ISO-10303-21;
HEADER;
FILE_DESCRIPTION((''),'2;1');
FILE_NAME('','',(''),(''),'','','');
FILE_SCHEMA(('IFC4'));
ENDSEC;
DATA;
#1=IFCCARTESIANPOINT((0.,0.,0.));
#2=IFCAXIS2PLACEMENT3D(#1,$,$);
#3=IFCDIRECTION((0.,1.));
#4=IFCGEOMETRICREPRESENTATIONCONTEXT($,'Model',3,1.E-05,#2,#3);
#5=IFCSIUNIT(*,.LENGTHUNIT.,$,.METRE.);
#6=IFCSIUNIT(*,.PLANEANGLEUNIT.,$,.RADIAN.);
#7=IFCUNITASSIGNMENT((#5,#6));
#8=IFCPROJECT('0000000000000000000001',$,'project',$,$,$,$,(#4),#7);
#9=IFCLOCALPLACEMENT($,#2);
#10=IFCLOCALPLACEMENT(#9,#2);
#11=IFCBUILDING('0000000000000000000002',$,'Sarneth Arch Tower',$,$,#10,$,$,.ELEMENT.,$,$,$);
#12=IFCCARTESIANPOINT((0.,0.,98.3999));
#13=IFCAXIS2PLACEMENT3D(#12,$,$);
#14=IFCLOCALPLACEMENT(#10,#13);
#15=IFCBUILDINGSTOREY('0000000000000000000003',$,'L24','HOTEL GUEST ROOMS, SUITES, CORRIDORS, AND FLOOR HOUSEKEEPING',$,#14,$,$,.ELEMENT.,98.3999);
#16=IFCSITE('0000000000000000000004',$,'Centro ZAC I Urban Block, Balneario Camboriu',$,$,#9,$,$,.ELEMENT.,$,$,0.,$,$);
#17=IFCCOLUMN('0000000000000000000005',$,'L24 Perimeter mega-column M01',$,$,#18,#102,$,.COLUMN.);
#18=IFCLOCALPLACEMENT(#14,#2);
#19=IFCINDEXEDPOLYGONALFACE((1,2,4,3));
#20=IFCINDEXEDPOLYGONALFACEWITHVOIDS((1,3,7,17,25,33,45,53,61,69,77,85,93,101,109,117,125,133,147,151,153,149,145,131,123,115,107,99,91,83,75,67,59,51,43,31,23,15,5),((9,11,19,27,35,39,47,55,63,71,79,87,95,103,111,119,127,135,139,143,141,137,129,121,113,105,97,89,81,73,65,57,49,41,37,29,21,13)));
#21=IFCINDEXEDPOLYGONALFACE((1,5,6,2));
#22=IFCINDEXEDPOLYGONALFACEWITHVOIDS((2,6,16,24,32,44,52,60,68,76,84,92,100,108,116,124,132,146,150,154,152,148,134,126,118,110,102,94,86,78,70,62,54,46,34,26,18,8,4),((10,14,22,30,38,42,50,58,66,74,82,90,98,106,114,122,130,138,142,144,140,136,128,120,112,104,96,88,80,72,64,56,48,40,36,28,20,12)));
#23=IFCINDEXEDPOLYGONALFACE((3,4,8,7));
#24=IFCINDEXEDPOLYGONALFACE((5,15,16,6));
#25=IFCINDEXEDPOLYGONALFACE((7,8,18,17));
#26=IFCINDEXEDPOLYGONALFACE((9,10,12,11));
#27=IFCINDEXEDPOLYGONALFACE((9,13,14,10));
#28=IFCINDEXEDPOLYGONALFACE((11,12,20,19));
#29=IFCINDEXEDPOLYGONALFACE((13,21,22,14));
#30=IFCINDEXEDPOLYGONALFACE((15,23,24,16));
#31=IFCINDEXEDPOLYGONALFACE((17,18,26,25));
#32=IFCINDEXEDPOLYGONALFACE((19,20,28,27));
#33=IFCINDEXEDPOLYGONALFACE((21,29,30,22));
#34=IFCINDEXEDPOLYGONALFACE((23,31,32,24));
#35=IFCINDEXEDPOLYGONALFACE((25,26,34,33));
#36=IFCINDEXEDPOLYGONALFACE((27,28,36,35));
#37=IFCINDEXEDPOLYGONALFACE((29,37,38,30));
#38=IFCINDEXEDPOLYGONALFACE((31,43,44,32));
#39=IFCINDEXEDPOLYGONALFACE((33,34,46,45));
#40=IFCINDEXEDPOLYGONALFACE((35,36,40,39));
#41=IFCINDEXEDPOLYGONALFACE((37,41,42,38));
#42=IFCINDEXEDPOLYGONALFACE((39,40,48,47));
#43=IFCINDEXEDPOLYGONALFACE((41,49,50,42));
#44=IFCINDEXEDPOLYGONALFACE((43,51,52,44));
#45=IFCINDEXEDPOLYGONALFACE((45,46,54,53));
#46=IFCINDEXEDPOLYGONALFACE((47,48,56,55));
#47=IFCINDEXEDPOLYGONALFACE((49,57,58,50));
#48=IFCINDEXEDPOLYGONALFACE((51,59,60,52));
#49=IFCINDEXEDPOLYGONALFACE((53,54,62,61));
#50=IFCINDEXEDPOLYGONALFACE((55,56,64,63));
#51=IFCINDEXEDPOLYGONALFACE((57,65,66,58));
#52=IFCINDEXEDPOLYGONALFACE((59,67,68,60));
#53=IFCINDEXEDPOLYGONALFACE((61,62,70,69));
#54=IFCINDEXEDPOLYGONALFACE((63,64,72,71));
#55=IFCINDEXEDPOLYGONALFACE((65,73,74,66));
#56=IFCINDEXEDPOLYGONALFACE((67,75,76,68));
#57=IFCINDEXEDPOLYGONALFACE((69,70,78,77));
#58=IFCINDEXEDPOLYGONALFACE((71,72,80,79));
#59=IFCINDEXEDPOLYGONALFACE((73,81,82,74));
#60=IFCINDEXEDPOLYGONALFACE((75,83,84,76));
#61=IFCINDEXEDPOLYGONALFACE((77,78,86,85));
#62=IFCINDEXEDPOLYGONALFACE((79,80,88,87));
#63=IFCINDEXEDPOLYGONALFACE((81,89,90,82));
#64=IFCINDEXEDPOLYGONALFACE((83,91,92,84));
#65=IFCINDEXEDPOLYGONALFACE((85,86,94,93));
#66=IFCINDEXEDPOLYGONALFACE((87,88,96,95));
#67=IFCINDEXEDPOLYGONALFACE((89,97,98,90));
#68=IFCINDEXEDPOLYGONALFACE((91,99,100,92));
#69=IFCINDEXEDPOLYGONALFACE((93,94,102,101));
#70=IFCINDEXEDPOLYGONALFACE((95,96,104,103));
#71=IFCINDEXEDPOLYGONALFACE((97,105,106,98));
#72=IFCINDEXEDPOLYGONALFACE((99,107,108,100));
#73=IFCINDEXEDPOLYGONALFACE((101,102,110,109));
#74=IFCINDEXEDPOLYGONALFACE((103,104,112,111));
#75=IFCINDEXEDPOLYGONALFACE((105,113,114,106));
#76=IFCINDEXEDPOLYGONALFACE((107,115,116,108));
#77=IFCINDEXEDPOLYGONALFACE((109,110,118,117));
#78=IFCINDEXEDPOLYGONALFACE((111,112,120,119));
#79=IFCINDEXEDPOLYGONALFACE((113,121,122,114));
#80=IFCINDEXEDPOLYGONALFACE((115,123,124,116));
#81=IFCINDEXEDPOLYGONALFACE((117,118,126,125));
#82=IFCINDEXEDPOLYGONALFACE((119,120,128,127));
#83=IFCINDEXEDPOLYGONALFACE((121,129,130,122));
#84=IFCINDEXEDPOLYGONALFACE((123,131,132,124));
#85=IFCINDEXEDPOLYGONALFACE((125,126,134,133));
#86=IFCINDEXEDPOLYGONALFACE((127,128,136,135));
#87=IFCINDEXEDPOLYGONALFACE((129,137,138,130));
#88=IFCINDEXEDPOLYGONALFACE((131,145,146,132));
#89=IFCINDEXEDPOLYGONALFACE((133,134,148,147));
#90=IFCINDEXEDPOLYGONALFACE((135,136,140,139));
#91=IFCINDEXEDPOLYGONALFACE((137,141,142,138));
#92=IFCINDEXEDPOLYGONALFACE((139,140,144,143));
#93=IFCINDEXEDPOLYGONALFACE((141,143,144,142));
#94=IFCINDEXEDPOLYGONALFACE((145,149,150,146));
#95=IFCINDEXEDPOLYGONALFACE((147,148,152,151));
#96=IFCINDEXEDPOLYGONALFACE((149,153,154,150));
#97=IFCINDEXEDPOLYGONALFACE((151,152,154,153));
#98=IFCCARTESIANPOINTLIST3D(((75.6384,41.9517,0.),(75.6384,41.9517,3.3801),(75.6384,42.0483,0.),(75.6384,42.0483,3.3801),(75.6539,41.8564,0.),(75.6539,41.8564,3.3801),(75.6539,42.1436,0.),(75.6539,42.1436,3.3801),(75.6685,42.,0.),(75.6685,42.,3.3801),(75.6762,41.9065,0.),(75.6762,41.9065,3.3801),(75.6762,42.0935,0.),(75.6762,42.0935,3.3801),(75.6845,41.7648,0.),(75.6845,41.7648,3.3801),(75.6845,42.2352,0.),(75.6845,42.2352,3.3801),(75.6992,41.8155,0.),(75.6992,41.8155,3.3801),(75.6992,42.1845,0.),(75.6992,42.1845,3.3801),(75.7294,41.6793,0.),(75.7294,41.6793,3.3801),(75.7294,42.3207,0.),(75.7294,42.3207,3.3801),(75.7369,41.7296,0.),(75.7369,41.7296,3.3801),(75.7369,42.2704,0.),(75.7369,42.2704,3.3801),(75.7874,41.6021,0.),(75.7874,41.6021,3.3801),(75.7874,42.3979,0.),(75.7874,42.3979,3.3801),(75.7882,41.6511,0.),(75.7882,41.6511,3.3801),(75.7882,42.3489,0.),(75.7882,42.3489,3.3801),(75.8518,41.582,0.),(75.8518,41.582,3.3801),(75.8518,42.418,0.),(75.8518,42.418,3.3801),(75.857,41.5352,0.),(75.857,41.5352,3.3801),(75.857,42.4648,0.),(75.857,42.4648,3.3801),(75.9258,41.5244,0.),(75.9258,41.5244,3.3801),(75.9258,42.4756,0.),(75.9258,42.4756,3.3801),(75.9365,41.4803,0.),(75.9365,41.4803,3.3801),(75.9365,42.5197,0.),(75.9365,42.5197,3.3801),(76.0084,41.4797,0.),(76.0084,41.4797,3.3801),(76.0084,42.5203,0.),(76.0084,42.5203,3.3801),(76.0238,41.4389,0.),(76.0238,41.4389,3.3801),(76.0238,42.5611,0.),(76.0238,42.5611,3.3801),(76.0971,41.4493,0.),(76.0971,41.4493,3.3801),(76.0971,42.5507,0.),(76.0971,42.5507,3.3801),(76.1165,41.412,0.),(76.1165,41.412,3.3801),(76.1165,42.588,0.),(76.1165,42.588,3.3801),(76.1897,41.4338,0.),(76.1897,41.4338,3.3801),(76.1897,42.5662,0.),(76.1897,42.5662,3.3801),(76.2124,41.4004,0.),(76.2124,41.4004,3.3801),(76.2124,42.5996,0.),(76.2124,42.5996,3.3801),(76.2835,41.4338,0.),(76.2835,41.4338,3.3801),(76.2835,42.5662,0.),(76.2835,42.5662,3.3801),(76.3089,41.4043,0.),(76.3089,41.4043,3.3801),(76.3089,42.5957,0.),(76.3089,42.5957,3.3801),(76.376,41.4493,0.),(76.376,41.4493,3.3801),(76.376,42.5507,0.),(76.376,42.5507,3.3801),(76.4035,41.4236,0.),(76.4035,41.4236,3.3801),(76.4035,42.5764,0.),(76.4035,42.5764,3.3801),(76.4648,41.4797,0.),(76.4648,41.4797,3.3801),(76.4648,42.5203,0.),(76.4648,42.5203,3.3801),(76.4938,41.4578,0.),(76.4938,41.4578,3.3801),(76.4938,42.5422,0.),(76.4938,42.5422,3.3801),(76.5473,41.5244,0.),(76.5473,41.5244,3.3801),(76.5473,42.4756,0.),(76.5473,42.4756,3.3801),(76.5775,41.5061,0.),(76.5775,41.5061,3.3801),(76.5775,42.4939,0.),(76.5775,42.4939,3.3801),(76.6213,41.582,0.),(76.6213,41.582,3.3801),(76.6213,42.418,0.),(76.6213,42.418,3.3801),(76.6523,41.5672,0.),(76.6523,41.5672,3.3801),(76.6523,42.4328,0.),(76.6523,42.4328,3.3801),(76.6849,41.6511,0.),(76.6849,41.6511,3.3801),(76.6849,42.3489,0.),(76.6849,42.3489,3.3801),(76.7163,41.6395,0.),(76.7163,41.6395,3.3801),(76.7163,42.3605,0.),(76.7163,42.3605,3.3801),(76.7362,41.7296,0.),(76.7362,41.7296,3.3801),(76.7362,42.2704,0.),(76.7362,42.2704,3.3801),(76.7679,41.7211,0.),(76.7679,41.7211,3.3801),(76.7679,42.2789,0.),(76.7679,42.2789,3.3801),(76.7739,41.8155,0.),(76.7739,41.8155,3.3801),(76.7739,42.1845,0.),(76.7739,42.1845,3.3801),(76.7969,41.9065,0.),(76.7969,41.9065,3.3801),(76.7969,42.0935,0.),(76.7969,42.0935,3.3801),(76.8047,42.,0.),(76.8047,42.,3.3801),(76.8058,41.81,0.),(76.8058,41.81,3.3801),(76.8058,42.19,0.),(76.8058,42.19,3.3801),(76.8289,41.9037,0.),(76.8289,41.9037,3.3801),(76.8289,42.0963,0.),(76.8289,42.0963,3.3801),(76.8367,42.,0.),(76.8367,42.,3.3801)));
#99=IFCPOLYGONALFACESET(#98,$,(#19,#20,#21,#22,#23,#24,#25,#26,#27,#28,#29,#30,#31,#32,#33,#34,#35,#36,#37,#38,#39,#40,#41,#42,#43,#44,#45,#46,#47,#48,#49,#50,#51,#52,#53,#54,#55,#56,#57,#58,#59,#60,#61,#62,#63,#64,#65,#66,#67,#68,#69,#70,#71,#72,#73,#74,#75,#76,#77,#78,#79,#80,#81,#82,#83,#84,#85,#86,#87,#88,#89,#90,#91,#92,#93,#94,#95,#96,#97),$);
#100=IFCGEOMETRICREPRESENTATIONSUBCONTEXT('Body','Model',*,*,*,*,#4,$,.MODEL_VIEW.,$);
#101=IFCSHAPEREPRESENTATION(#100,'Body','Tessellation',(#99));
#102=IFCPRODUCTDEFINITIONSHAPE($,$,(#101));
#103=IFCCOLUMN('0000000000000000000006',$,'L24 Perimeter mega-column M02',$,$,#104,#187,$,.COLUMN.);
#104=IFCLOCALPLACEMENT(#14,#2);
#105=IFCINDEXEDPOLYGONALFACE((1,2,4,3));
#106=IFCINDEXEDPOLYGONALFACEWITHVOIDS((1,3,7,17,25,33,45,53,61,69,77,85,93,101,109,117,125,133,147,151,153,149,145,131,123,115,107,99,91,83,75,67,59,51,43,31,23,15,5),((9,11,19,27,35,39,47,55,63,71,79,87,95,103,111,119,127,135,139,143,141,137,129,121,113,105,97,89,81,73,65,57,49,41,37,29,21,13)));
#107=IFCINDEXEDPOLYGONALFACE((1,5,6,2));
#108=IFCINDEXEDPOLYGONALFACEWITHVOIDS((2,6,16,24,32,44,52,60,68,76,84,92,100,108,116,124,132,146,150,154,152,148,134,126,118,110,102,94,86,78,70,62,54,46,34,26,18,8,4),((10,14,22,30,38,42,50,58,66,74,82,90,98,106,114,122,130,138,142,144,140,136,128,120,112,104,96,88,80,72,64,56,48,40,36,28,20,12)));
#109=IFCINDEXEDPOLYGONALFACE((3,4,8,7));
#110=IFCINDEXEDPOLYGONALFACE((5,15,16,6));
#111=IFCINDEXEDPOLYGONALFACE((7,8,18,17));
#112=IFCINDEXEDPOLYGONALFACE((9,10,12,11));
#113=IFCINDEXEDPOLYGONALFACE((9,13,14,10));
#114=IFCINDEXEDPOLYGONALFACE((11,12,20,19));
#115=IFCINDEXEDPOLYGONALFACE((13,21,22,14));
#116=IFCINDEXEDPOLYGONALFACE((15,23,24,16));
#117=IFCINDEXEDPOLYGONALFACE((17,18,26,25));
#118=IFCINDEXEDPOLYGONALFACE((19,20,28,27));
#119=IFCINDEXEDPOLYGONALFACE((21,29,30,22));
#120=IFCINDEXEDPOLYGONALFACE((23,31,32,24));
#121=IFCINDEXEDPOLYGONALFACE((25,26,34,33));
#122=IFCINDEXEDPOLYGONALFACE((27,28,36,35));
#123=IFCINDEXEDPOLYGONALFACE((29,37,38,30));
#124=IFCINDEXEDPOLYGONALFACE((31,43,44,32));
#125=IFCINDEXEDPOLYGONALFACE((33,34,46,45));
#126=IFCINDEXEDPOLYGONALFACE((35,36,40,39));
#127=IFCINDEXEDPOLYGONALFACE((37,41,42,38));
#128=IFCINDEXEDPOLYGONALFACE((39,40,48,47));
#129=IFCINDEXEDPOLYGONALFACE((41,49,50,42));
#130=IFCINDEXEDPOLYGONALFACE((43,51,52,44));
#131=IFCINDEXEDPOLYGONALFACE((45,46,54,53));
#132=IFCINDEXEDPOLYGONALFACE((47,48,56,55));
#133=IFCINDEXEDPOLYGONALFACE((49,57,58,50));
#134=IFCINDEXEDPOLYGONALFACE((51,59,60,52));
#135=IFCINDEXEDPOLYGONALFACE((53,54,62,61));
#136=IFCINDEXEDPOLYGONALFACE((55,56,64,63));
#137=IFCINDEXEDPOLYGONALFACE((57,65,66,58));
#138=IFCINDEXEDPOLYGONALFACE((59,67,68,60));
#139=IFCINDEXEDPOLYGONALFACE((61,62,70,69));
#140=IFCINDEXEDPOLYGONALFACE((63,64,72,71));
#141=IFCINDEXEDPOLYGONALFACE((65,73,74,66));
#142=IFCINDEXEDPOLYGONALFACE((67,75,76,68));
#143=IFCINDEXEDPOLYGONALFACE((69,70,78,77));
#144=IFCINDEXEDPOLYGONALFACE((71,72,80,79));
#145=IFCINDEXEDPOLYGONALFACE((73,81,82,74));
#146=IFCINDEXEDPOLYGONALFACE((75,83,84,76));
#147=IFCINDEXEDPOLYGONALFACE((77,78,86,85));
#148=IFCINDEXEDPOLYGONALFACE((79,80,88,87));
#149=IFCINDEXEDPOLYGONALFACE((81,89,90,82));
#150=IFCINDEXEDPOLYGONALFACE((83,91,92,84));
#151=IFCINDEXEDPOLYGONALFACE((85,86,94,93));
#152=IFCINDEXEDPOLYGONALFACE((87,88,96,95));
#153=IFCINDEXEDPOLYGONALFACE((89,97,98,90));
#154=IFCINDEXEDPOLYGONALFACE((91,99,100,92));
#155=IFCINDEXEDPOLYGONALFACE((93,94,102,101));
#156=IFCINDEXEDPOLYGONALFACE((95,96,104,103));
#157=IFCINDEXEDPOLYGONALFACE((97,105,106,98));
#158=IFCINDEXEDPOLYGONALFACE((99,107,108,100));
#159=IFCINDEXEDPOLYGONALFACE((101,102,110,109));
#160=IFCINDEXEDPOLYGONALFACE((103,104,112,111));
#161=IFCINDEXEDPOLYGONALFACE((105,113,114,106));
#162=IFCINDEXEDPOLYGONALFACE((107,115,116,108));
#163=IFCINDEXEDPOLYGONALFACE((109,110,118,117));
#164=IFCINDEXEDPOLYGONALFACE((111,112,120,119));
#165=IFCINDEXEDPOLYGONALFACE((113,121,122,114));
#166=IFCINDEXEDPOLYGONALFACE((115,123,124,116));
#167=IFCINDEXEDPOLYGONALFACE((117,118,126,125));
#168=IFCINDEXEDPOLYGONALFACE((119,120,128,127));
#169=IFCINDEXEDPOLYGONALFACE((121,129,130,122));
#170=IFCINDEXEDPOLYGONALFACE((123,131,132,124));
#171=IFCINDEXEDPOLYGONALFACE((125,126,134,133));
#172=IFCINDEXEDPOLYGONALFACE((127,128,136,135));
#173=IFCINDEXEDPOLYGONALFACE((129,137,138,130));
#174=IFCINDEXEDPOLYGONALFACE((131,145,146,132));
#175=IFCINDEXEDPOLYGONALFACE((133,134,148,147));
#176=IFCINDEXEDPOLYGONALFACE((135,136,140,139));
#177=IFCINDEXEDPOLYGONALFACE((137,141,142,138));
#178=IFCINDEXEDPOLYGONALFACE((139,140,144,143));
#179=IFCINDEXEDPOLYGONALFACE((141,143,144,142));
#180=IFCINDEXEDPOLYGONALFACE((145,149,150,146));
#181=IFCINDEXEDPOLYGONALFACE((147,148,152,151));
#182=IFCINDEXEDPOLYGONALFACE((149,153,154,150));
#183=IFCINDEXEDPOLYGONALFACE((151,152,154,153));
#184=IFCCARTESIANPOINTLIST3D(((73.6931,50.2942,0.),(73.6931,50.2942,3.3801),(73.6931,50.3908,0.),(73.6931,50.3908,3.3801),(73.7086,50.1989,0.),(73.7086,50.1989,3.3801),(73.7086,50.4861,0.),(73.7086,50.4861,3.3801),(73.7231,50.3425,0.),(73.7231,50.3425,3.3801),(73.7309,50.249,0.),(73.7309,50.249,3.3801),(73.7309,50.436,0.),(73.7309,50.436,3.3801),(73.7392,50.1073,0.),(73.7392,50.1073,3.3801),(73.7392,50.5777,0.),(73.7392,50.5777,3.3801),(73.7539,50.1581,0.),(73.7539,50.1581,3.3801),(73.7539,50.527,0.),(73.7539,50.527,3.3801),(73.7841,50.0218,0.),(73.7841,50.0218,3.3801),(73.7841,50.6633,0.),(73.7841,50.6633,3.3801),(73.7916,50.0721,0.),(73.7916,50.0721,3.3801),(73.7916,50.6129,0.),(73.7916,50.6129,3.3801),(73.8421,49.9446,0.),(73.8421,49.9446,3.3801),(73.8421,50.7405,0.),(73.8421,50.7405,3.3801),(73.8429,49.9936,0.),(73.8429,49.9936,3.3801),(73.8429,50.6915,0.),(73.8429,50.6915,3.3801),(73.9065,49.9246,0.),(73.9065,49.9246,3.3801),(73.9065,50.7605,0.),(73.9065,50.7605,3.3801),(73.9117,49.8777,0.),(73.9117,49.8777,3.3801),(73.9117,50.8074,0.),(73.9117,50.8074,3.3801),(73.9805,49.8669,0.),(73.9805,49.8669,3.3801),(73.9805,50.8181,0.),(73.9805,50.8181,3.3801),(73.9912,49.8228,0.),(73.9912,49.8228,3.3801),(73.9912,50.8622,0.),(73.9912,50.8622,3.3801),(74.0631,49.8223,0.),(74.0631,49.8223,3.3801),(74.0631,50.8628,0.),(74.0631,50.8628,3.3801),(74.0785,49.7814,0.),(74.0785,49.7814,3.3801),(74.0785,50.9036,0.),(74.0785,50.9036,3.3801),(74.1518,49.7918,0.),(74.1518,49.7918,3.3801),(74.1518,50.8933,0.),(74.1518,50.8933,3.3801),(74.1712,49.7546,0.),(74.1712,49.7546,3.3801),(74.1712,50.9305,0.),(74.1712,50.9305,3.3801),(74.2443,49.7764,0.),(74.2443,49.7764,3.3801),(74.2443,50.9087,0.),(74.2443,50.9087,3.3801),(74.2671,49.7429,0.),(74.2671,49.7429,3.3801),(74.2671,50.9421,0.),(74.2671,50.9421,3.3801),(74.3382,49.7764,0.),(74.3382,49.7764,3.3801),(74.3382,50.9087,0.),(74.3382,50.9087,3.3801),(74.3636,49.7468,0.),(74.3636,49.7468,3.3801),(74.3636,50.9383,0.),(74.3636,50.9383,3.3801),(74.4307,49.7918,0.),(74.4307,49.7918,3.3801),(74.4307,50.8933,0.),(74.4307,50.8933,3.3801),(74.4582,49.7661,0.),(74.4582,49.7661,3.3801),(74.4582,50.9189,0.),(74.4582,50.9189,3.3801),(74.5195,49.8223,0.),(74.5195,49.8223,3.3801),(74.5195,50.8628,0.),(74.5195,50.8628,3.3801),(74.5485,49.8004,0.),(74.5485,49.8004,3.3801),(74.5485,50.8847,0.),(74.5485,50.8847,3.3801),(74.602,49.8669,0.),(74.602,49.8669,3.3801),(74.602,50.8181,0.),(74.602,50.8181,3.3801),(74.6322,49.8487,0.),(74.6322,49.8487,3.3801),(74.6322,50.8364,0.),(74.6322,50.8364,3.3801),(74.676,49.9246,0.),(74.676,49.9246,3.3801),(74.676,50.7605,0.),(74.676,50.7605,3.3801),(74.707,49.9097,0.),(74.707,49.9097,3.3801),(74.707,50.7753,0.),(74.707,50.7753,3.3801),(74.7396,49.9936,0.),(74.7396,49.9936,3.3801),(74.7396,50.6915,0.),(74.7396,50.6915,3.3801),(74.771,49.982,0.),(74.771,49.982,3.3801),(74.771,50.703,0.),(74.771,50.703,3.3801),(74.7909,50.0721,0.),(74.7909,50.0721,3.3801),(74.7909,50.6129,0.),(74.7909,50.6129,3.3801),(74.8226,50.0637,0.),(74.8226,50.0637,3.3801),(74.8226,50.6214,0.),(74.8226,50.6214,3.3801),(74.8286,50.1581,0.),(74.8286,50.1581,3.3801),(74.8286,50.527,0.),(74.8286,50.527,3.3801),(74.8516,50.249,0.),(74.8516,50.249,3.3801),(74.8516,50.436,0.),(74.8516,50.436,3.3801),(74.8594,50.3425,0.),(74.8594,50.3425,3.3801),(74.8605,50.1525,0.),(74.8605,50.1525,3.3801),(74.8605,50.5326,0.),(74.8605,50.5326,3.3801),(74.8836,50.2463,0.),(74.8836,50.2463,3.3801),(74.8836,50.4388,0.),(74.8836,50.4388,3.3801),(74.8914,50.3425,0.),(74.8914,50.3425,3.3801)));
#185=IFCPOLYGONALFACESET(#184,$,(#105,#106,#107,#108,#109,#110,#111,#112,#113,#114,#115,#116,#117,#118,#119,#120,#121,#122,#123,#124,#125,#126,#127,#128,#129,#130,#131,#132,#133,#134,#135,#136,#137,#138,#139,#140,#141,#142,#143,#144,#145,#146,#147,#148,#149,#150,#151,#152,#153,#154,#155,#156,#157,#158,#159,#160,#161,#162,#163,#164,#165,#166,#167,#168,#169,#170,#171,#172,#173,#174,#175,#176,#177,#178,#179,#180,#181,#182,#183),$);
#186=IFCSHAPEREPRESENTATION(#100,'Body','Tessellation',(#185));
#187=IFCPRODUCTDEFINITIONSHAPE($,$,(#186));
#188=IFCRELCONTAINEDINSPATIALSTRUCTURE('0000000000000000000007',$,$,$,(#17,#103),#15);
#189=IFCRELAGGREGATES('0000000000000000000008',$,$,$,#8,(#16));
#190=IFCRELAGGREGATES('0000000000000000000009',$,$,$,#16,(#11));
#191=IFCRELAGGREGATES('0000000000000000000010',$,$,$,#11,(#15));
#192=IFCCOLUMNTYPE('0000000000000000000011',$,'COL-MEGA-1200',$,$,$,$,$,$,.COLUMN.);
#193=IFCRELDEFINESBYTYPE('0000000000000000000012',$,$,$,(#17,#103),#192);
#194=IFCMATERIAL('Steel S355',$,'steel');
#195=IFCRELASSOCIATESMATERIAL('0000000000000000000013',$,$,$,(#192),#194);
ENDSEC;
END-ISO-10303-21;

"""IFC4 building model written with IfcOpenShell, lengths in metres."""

from ifc_helpers import new_model, si_unit, direction, frame, origin, origin_2d, place, context, subcontext, project, spatial, hollow_circle, extrude, material, material_profile, profile_set, type_object, element, save


model = new_model("IFC4")

# Units and contexts
model_context = context("Model", 3, precision=1e-05, world=origin(), true_north=direction((0.0, 1.0)))
body_context = subcontext(model_context, "Body", "Model", "MODEL_VIEW")
ifc_project = project(units=[si_unit("LENGTHUNIT", "METRE"), si_unit("PLANEANGLEUNIT", "RADIAN")], contexts=[model_context])

# Site, building, storey
site_placement = place(None, origin())
site = spatial("IfcSite", under=ifc_project, at=site_placement, Name="Centro ZAC I Urban Block, Balneario Camboriu", CompositionType="ELEMENT", RefElevation=0.0)
building_placement = place(site_placement, origin())
building = spatial("IfcBuilding", under=site, at=building_placement, Name="Sarneth Arch Tower", CompositionType="ELEMENT")
storey_placement = place(building_placement, frame((0.0, 0.0, 98.3999)))
storey = spatial("IfcBuildingStorey", under=building, at=storey_placement, Name="L24", Description="HOTEL GUEST ROOMS, SUITES, CORRIDORS, AND FLOOR HOUSEKEEPING", CompositionType="ELEMENT", Elevation=98.3999)

# Columns
ifc_material_1 = material(Name="Steel S355", Category="steel")
ifc_material_profile_1 = material_profile(ifc_material_1, hollow_circle(Radius=0.6001, WallThickness=0.032, at=origin_2d()), Name="CHS1200x32")
ifc_profile_set_1 = profile_set([ifc_material_profile_1], Name="Steel S355")
column_type = type_object("IfcColumnType", Name="COL-MEGA-1200", PredefinedType="COLUMN", material=ifc_profile_set_1)
for number, where, z_axis, x_axis, name in (
    (1, (76.2366, 42.0, 0.0), (0.0, 0.0, 1.0), (1.0, 0.0, 0.0), "L24 Perimeter mega-column M01"),
    (2, (74.2913, 50.3425, 0.0), (0.0, 0.0, 1.0), (1.0, 0.0, 0.0), "L24 Perimeter mega-column M02"),
):
    element("IfcColumn", number, at=place(storey_placement, frame(where, z_axis=z_axis, x_axis=x_axis)), inside=storey, type_object=column_type, Name=name, PredefinedType="COLUMN", context=body_context, shape_type="SweptSolid", body=[
        extrude(hollow_circle(Radius=0.6001, WallThickness=0.032, at=origin_2d()), origin(), (0.0, 0.0, 1.0), 3.3801),
    ])

save(model, "model.ifc")
